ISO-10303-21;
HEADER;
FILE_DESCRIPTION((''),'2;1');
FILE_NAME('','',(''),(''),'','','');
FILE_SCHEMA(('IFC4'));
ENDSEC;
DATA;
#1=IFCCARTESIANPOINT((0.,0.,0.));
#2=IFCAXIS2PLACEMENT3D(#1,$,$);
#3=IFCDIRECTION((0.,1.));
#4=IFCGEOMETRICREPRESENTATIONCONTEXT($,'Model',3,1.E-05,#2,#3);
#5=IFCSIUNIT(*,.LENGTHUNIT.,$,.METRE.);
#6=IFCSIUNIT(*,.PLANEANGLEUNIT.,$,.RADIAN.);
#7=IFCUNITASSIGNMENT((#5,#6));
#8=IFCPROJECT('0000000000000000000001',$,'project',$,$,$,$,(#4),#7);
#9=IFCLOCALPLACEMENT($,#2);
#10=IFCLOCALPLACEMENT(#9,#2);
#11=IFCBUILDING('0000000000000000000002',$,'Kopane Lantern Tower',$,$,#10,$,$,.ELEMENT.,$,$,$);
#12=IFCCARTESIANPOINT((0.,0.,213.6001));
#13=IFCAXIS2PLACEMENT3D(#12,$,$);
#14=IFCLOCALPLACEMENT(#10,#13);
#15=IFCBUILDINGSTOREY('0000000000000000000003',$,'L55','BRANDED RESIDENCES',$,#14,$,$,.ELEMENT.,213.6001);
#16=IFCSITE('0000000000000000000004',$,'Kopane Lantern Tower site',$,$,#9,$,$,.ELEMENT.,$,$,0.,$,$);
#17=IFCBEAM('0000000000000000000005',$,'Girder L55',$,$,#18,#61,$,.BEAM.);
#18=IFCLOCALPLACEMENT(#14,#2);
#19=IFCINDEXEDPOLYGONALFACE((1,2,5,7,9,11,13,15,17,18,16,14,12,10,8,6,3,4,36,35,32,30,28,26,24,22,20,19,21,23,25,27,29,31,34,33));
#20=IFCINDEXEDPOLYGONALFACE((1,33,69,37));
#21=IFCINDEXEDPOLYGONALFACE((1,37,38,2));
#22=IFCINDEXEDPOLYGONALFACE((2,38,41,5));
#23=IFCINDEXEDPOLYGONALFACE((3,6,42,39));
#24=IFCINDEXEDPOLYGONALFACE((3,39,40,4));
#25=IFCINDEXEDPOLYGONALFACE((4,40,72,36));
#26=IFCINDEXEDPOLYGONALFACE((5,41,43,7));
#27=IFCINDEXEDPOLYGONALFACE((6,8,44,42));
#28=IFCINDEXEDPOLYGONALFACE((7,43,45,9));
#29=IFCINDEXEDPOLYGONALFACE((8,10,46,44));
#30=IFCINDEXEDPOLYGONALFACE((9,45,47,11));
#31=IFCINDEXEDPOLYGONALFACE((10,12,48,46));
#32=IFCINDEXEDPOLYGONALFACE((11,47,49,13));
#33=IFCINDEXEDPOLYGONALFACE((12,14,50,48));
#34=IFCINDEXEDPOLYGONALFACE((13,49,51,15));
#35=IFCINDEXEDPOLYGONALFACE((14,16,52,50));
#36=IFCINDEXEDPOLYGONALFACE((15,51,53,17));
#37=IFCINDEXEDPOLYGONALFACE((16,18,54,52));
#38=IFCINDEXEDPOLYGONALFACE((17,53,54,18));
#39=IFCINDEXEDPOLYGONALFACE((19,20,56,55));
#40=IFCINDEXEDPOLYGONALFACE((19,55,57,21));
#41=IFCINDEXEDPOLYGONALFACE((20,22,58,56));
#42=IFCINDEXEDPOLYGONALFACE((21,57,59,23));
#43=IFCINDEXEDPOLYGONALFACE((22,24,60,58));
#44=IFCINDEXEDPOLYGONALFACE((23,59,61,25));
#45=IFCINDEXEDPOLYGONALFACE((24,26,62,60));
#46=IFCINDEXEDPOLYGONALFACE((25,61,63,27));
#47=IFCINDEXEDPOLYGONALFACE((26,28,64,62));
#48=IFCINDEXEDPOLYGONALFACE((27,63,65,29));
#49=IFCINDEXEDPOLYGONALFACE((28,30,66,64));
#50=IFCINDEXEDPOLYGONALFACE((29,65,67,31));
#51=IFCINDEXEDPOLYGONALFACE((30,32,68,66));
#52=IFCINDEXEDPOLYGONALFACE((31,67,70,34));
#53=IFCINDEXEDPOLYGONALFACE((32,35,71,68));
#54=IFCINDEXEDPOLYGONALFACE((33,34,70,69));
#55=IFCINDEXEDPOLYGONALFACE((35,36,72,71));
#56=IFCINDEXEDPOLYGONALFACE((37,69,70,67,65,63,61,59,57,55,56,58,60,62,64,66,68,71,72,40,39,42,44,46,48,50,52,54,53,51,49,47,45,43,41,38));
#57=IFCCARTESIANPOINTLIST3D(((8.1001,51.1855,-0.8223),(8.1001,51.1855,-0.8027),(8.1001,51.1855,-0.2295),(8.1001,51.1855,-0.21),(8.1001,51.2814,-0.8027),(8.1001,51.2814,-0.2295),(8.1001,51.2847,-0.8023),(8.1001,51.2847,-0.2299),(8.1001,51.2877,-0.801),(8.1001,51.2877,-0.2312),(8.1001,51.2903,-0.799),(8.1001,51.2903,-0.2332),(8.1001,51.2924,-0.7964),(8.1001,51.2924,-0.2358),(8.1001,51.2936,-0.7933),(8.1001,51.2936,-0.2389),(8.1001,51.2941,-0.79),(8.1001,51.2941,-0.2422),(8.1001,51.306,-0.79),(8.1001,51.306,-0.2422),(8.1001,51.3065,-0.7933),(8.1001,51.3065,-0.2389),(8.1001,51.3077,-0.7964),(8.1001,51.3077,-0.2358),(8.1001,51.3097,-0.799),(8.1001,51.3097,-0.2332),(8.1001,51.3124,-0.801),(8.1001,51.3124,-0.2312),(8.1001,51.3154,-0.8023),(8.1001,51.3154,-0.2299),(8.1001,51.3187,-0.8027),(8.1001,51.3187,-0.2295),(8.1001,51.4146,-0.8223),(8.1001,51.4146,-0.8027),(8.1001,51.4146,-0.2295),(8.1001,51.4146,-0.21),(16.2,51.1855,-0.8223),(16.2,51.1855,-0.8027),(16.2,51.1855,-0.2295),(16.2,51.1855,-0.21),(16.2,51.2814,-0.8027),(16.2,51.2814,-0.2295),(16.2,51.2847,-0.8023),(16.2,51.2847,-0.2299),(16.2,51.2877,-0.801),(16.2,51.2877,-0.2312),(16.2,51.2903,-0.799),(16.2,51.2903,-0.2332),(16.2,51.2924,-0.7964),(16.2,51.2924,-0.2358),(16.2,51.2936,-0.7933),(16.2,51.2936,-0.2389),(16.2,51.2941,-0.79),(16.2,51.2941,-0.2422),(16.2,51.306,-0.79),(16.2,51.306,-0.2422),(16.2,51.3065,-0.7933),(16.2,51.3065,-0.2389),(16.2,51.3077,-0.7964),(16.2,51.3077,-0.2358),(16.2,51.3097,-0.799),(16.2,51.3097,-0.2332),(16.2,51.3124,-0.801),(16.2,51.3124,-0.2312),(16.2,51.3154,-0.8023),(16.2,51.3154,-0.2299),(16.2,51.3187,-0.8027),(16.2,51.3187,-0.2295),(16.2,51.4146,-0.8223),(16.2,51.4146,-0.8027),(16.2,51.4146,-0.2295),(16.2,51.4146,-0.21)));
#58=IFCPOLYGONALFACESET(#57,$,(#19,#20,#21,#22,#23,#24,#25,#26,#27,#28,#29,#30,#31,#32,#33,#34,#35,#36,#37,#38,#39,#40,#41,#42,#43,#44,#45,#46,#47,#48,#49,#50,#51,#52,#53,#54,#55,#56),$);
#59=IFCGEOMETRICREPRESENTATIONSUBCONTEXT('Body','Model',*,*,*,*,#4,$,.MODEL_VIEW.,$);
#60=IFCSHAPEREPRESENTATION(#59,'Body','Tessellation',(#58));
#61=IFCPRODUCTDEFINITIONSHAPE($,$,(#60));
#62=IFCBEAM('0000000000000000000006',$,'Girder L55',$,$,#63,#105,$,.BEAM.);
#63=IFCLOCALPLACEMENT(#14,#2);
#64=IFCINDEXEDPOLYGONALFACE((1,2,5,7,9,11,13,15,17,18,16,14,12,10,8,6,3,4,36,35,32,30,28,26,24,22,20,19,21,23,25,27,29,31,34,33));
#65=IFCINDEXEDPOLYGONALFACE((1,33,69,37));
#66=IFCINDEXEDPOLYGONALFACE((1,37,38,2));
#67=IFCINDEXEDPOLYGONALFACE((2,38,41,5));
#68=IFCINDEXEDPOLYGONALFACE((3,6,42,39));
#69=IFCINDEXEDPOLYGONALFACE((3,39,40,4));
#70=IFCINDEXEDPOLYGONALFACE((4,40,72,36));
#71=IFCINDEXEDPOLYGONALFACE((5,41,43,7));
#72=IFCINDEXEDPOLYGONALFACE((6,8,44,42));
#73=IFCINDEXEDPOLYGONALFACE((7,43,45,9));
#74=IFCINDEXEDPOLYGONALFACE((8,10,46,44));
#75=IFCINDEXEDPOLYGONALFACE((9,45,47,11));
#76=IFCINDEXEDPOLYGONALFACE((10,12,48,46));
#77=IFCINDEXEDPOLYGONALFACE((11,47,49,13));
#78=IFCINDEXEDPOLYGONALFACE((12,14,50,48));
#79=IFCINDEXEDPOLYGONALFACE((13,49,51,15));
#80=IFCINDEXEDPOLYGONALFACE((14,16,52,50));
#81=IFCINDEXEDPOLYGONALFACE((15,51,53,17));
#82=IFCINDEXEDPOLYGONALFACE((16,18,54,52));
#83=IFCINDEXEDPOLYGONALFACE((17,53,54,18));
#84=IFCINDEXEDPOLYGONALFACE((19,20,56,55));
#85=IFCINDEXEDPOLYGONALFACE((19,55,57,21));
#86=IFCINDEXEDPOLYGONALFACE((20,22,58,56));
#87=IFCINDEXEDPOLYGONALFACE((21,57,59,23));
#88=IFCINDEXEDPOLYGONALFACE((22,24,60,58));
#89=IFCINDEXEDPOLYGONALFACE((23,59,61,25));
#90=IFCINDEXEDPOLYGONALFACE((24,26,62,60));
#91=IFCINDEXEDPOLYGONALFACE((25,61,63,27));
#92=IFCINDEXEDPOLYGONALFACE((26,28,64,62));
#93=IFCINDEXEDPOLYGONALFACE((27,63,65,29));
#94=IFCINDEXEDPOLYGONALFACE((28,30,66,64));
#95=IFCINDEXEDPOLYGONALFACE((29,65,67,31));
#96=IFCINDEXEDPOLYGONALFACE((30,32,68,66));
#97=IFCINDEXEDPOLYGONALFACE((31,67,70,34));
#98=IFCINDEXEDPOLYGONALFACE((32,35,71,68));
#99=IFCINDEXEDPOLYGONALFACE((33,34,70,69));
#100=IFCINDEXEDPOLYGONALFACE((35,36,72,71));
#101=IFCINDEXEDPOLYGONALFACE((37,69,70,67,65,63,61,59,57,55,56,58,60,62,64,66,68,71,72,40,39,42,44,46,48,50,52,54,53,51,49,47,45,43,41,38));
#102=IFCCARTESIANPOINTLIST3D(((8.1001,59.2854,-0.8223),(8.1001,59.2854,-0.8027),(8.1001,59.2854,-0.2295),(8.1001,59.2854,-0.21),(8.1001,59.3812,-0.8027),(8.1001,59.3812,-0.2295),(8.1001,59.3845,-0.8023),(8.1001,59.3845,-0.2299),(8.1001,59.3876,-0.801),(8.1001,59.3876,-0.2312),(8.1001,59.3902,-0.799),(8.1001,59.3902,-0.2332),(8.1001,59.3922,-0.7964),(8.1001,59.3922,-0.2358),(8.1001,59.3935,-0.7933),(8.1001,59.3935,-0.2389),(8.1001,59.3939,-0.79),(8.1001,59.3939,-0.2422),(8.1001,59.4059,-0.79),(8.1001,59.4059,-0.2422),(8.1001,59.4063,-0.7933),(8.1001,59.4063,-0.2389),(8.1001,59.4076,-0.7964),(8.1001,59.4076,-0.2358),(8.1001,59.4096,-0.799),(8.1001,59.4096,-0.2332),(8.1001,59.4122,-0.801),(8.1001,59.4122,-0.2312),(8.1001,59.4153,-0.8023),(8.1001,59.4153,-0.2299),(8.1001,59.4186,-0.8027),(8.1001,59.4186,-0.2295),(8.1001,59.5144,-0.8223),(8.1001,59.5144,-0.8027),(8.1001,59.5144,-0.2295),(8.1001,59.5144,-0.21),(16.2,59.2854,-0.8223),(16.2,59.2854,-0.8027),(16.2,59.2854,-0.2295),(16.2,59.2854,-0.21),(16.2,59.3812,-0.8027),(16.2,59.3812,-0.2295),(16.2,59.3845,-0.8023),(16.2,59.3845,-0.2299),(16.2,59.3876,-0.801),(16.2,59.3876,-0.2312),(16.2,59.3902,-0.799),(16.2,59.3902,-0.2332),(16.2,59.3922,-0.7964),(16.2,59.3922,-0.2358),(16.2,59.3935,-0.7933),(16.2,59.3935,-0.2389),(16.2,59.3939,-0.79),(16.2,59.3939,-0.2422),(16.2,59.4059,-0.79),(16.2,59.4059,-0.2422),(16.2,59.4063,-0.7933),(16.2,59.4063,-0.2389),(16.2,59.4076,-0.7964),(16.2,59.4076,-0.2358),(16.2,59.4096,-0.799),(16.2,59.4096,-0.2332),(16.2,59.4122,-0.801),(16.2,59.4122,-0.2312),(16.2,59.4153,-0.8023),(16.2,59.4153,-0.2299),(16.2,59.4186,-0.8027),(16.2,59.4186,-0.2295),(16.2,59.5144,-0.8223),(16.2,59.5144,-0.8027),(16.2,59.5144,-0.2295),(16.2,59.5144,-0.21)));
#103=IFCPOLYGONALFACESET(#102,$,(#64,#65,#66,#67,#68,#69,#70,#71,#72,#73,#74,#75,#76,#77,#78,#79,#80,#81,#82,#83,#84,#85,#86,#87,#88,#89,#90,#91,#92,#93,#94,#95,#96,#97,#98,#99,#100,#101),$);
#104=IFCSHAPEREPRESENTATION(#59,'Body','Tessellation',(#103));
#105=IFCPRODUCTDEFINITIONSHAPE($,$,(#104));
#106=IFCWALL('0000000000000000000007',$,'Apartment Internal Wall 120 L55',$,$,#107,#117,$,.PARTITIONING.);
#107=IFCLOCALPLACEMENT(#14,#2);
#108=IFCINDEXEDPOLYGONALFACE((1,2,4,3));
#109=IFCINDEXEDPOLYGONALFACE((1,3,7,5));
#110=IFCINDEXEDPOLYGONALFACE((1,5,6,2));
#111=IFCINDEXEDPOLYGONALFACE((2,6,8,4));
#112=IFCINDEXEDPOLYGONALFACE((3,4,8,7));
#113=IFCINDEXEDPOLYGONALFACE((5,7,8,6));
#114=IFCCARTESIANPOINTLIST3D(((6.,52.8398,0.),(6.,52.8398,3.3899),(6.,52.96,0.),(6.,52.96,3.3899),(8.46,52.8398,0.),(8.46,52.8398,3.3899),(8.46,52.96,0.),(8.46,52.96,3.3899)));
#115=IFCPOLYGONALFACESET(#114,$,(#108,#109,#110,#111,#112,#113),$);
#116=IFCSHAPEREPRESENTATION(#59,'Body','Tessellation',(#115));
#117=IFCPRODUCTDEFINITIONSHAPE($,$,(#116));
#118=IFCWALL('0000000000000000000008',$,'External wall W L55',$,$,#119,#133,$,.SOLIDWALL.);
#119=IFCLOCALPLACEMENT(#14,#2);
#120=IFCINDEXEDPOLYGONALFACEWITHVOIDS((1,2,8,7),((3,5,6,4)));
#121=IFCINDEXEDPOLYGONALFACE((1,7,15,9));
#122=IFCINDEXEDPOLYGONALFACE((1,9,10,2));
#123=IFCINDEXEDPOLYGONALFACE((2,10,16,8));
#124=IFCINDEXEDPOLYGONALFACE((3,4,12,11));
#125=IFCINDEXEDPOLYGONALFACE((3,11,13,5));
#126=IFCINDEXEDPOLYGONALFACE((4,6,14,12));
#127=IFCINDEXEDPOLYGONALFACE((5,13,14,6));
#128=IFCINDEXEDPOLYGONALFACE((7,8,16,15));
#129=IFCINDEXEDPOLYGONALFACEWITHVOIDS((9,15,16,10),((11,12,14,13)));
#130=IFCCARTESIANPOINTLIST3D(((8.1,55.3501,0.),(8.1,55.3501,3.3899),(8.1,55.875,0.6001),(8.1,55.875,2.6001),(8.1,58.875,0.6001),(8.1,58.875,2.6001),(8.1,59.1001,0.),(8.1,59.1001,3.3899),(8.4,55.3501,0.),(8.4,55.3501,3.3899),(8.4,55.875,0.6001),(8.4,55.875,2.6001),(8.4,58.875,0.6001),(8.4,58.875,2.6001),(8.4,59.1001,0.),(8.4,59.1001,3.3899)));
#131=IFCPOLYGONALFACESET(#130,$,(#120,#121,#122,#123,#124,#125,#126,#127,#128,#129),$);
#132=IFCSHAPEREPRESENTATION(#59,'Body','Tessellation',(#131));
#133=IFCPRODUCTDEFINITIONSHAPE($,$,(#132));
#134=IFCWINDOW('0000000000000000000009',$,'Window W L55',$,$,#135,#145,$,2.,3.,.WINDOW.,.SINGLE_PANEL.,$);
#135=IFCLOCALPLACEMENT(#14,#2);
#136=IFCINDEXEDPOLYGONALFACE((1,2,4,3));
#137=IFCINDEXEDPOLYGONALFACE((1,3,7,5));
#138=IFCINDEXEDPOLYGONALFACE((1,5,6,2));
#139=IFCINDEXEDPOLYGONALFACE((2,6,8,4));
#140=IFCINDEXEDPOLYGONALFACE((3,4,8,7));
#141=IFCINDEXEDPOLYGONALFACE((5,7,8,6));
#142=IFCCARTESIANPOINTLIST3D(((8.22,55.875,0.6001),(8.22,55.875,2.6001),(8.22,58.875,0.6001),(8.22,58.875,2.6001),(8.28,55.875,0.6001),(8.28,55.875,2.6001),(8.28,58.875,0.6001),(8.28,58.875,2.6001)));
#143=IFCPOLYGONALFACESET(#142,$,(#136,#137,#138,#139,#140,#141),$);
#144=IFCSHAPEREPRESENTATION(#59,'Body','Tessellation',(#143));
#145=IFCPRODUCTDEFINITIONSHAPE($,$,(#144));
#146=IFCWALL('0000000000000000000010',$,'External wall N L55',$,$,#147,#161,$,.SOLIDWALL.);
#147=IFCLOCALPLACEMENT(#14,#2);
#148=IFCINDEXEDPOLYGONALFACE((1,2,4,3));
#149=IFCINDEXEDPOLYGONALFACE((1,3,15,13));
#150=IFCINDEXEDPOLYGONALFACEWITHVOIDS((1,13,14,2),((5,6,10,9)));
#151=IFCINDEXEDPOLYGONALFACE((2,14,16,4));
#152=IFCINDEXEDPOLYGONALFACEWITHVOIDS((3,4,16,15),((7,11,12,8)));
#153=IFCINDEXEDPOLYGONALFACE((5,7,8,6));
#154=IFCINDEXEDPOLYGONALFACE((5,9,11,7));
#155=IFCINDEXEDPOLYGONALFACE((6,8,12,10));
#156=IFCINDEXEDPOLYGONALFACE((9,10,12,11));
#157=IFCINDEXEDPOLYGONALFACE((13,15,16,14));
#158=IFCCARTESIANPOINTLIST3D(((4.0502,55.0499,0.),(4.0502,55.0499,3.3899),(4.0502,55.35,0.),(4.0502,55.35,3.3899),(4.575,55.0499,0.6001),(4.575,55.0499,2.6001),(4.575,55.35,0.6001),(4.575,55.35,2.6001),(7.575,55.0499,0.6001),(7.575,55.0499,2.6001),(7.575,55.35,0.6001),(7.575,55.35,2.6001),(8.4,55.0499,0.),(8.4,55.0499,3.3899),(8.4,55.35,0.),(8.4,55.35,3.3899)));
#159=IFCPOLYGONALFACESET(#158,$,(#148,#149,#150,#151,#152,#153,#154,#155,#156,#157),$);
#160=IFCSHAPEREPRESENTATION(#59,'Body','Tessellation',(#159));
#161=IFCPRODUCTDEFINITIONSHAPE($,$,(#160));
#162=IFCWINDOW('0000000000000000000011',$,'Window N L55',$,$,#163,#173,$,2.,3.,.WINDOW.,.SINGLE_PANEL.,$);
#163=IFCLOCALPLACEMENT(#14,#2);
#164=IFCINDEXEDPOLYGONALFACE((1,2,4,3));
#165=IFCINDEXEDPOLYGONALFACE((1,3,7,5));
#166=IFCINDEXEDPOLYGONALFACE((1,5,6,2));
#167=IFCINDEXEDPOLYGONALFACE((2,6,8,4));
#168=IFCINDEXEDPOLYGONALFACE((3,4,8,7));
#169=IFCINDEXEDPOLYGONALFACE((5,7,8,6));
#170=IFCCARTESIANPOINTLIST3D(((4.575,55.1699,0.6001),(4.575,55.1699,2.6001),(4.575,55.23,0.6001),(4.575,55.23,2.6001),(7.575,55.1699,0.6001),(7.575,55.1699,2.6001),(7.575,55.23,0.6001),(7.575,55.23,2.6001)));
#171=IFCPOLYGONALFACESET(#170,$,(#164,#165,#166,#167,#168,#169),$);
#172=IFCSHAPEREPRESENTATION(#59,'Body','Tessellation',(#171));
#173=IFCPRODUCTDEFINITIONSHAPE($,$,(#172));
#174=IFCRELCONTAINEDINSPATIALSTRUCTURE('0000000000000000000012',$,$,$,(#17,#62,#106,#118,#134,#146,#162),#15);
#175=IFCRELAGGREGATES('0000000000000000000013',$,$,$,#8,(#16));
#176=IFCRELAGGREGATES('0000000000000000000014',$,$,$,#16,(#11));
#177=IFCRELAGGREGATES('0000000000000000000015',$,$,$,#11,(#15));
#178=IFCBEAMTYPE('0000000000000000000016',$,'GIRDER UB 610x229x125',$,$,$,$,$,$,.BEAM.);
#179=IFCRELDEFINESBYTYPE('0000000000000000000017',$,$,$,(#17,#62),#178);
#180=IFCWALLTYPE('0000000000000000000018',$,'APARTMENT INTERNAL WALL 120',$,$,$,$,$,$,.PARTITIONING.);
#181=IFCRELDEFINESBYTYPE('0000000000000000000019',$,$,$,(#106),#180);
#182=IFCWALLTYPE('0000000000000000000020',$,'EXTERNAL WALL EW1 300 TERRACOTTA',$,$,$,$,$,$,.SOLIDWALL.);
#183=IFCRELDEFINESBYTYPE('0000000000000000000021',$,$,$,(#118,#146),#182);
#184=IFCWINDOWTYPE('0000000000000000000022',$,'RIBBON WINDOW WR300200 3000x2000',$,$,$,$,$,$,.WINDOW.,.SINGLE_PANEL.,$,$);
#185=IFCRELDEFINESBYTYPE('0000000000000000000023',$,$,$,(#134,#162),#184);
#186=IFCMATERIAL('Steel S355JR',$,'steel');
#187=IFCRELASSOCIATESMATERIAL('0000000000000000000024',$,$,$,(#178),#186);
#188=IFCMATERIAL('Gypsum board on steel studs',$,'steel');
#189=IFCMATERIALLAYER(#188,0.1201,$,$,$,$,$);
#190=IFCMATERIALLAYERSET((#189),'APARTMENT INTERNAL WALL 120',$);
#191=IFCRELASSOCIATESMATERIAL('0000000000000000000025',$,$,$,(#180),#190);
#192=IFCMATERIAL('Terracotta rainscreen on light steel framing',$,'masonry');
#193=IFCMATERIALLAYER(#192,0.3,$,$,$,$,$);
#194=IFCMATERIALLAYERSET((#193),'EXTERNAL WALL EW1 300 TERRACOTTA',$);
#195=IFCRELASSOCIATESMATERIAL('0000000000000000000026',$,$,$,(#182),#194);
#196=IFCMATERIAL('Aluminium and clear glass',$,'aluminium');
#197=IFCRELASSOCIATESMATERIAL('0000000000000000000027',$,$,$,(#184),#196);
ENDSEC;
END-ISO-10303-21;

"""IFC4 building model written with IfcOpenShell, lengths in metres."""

from ifc_helpers import new_model, si_unit, direction, frame, frame_2d, origin, origin_2d, place, context, subcontext, project, spatial, rectangle, i_section, extrude, material, layer, layer_set, material_profile, profile_set, type_object, element, fill, save


model = new_model("IFC4")

# Units and contexts
model_context = context("Model", 3, precision=1e-05, world=origin(), true_north=direction((0.0, 1.0)))
body_context = subcontext(model_context, "Body", "Model", "MODEL_VIEW")
ifc_project = project(units=[si_unit("LENGTHUNIT", "METRE"), si_unit("PLANEANGLEUNIT", "RADIAN")], contexts=[model_context])

# Site, building, storey
site_placement = place(None, origin())
site = spatial("IfcSite", under=ifc_project, at=site_placement, Name="Kopane Lantern Tower site", CompositionType="ELEMENT", RefElevation=0.0)
building_placement = place(site_placement, origin())
building = spatial("IfcBuilding", under=site, at=building_placement, Name="Kopane Lantern Tower", CompositionType="ELEMENT")
storey_placement = place(building_placement, frame((0.0, 0.0, 213.6001)))
storey = spatial("IfcBuildingStorey", under=building, at=storey_placement, Name="L55", Description="BRANDED RESIDENCES", CompositionType="ELEMENT", Elevation=213.6001)

# Beams
ifc_material_1 = material(Name="Steel S355JR", Category="steel")
ifc_material_profile_1 = material_profile(ifc_material_1, i_section(OverallWidth=0.229, OverallDepth=0.6123, WebThickness=0.012, FlangeThickness=0.0195, FilletRadius=0.0127, at=origin_2d()), Name="UB 610x229x125")
ifc_profile_set_1 = profile_set([ifc_material_profile_1], Name="Steel S355JR")
beam_type_1 = type_object("IfcBeamType", Name="GIRDER UB 610x229x125", PredefinedType="BEAM", material=ifc_profile_set_1)
for number, where, z_axis, x_axis, name in (
    (1, (8.1001, 51.3, -0.5161), (1.0, 0.0, 0.0), (0.0, 1.0, 0.0), "Girder L55"),
    (2, (8.1001, 59.3999, -0.5161), (1.0, 0.0, 0.0), (0.0, 1.0, 0.0), "Girder L55"),
):
    element("IfcBeam", number, at=place(storey_placement, frame(where, z_axis=z_axis, x_axis=x_axis)), inside=storey, type_object=beam_type_1, Name=name, PredefinedType="BEAM", context=body_context, shape_type="SweptSolid", body=[
        extrude(i_section(OverallWidth=0.229, OverallDepth=0.6123, WebThickness=0.012, FlangeThickness=0.0195, FilletRadius=0.0127, at=origin_2d()), origin(), (0.0, 0.0, 1.0), 8.0999),
    ])

# Wall
ifc_material_2 = material(Name="Gypsum board on steel studs", Category="steel")
ifc_layer_1 = layer(ifc_material_2, 0.1201)
ifc_layer_set_1 = layer_set([ifc_layer_1], Name="APARTMENT INTERNAL WALL 120")
wall_type_1 = type_object("IfcWallType", Name="APARTMENT INTERNAL WALL 120", PredefinedType="PARTITIONING", material=ifc_layer_set_1)
wall_1_placement = place(storey_placement, frame((6.0, 52.8999, 0.0), z_axis=(0.0, 0.0, 1.0), x_axis=(1.0, 0.0, 0.0)))
element("IfcWall", 3, at=wall_1_placement, inside=storey, type_object=wall_type_1, Name="Apartment Internal Wall 120 L55", PredefinedType="PARTITIONING", context=body_context, shape_type="SweptSolid", body=[
    extrude(rectangle(XDim=2.46, YDim=0.1201, at=frame_2d((1.23, 0.0))), origin(), (0.0, 0.0, 1.0), 3.3899),
])

# Walls, openings, windows
ifc_material_3 = material(Name="Terracotta rainscreen on light steel framing", Category="masonry")
ifc_layer_2 = layer(ifc_material_3, 0.3)
ifc_layer_set_2 = layer_set([ifc_layer_2], Name="EXTERNAL WALL EW1 300 TERRACOTTA")
wall_type_2 = type_object("IfcWallType", Name="EXTERNAL WALL EW1 300 TERRACOTTA", PredefinedType="SOLIDWALL", material=ifc_layer_set_2)
wall_2_placement = place(storey_placement, frame((8.25, 59.1001, 0.0), z_axis=(0.0, 0.0, 1.0), x_axis=(0.0, -1.0, 0.0)))
wall_2 = element("IfcWall", 4, at=wall_2_placement, inside=storey, type_object=wall_type_2, Name="External wall W L55", PredefinedType="SOLIDWALL", context=body_context, shape_type="SweptSolid", body=[
    extrude(rectangle(XDim=3.75, YDim=0.3, at=frame_2d((1.875, 0.0))), origin(), (0.0, 0.0, 1.0), 3.3899),
])
opening_1_placement = place(wall_2_placement, frame((0.2251, 0.0, 0.6001)))
opening_1 = element("IfcOpeningElement", 5, at=opening_1_placement, cuts=wall_2, PredefinedType="OPENING", context=body_context, shape_type="SweptSolid", body=[
    extrude(rectangle(XDim=3.0, YDim=2.0, at=frame_2d((1.5, 1.0))), frame((0.0, 0.1599, 0.0), z_axis=(0.0, -1.0, 0.0), x_axis=(1.0, 0.0, 0.0)), (0.0, 0.0, 1.0), 0.3201),
])
ifc_material_4 = material(Name="Aluminium and clear glass", Category="aluminium")
window_type = type_object("IfcWindowType", Name="RIBBON WINDOW WR300200 3000x2000", PartitioningType="SINGLE_PANEL", PredefinedType="WINDOW", material=ifc_material_4)
window_1_placement = place(opening_1_placement, origin())
window_1 = element("IfcWindow", 6, at=window_1_placement, inside=storey, type_object=window_type, Name="Window W L55", OverallHeight=2.0, OverallWidth=3.0, PartitioningType="SINGLE_PANEL", PredefinedType="WINDOW", context=body_context, shape_type="SweptSolid", body=[
    extrude(rectangle(XDim=3.0, YDim=2.0, at=frame_2d((1.5, 1.0))), frame((0.0, 0.03, 0.0), z_axis=(0.0, -1.0, 0.0), x_axis=(1.0, 0.0, 0.0)), (0.0, 0.0, 1.0), 0.0601),
])
fill(opening_1, window_1)
wall_3_placement = place(storey_placement, frame((8.3999, 55.2, 0.0), z_axis=(0.0, 0.0, 1.0), x_axis=(-1.0, 0.0, 0.0)))
wall_3 = element("IfcWall", 7, at=wall_3_placement, inside=storey, type_object=wall_type_2, Name="External wall N L55", PredefinedType="SOLIDWALL", context=body_context, shape_type="SweptSolid", body=[
    extrude(rectangle(XDim=4.3499, YDim=0.3, at=frame_2d((2.1748, 0.0))), origin(), (0.0, 0.0, 1.0), 3.3899),
])
opening_2_placement = place(wall_3_placement, frame((0.825, 0.0, 0.6001)))
opening_2 = element("IfcOpeningElement", 8, at=opening_2_placement, cuts=wall_3, PredefinedType="OPENING", context=body_context, shape_type="SweptSolid", body=[
    extrude(rectangle(XDim=3.0, YDim=2.0, at=frame_2d((1.5, 1.0))), frame((0.0, 0.1599, 0.0), z_axis=(0.0, -1.0, 0.0), x_axis=(1.0, 0.0, 0.0)), (0.0, 0.0, 1.0), 0.3201),
])
window_2_placement = place(opening_2_placement, origin())
window_2 = element("IfcWindow", 9, at=window_2_placement, inside=storey, type_object=window_type, Name="Window N L55", OverallHeight=2.0, OverallWidth=3.0, PartitioningType="SINGLE_PANEL", PredefinedType="WINDOW", context=body_context, shape_type="SweptSolid", body=[
    extrude(rectangle(XDim=3.0, YDim=2.0, at=frame_2d((1.5, 1.0))), frame((0.0, 0.03, 0.0), z_axis=(0.0, -1.0, 0.0), x_axis=(1.0, 0.0, 0.0)), (0.0, 0.0, 1.0), 0.0601),
])
fill(opening_2, window_2)

save(model, "model.ifc")
